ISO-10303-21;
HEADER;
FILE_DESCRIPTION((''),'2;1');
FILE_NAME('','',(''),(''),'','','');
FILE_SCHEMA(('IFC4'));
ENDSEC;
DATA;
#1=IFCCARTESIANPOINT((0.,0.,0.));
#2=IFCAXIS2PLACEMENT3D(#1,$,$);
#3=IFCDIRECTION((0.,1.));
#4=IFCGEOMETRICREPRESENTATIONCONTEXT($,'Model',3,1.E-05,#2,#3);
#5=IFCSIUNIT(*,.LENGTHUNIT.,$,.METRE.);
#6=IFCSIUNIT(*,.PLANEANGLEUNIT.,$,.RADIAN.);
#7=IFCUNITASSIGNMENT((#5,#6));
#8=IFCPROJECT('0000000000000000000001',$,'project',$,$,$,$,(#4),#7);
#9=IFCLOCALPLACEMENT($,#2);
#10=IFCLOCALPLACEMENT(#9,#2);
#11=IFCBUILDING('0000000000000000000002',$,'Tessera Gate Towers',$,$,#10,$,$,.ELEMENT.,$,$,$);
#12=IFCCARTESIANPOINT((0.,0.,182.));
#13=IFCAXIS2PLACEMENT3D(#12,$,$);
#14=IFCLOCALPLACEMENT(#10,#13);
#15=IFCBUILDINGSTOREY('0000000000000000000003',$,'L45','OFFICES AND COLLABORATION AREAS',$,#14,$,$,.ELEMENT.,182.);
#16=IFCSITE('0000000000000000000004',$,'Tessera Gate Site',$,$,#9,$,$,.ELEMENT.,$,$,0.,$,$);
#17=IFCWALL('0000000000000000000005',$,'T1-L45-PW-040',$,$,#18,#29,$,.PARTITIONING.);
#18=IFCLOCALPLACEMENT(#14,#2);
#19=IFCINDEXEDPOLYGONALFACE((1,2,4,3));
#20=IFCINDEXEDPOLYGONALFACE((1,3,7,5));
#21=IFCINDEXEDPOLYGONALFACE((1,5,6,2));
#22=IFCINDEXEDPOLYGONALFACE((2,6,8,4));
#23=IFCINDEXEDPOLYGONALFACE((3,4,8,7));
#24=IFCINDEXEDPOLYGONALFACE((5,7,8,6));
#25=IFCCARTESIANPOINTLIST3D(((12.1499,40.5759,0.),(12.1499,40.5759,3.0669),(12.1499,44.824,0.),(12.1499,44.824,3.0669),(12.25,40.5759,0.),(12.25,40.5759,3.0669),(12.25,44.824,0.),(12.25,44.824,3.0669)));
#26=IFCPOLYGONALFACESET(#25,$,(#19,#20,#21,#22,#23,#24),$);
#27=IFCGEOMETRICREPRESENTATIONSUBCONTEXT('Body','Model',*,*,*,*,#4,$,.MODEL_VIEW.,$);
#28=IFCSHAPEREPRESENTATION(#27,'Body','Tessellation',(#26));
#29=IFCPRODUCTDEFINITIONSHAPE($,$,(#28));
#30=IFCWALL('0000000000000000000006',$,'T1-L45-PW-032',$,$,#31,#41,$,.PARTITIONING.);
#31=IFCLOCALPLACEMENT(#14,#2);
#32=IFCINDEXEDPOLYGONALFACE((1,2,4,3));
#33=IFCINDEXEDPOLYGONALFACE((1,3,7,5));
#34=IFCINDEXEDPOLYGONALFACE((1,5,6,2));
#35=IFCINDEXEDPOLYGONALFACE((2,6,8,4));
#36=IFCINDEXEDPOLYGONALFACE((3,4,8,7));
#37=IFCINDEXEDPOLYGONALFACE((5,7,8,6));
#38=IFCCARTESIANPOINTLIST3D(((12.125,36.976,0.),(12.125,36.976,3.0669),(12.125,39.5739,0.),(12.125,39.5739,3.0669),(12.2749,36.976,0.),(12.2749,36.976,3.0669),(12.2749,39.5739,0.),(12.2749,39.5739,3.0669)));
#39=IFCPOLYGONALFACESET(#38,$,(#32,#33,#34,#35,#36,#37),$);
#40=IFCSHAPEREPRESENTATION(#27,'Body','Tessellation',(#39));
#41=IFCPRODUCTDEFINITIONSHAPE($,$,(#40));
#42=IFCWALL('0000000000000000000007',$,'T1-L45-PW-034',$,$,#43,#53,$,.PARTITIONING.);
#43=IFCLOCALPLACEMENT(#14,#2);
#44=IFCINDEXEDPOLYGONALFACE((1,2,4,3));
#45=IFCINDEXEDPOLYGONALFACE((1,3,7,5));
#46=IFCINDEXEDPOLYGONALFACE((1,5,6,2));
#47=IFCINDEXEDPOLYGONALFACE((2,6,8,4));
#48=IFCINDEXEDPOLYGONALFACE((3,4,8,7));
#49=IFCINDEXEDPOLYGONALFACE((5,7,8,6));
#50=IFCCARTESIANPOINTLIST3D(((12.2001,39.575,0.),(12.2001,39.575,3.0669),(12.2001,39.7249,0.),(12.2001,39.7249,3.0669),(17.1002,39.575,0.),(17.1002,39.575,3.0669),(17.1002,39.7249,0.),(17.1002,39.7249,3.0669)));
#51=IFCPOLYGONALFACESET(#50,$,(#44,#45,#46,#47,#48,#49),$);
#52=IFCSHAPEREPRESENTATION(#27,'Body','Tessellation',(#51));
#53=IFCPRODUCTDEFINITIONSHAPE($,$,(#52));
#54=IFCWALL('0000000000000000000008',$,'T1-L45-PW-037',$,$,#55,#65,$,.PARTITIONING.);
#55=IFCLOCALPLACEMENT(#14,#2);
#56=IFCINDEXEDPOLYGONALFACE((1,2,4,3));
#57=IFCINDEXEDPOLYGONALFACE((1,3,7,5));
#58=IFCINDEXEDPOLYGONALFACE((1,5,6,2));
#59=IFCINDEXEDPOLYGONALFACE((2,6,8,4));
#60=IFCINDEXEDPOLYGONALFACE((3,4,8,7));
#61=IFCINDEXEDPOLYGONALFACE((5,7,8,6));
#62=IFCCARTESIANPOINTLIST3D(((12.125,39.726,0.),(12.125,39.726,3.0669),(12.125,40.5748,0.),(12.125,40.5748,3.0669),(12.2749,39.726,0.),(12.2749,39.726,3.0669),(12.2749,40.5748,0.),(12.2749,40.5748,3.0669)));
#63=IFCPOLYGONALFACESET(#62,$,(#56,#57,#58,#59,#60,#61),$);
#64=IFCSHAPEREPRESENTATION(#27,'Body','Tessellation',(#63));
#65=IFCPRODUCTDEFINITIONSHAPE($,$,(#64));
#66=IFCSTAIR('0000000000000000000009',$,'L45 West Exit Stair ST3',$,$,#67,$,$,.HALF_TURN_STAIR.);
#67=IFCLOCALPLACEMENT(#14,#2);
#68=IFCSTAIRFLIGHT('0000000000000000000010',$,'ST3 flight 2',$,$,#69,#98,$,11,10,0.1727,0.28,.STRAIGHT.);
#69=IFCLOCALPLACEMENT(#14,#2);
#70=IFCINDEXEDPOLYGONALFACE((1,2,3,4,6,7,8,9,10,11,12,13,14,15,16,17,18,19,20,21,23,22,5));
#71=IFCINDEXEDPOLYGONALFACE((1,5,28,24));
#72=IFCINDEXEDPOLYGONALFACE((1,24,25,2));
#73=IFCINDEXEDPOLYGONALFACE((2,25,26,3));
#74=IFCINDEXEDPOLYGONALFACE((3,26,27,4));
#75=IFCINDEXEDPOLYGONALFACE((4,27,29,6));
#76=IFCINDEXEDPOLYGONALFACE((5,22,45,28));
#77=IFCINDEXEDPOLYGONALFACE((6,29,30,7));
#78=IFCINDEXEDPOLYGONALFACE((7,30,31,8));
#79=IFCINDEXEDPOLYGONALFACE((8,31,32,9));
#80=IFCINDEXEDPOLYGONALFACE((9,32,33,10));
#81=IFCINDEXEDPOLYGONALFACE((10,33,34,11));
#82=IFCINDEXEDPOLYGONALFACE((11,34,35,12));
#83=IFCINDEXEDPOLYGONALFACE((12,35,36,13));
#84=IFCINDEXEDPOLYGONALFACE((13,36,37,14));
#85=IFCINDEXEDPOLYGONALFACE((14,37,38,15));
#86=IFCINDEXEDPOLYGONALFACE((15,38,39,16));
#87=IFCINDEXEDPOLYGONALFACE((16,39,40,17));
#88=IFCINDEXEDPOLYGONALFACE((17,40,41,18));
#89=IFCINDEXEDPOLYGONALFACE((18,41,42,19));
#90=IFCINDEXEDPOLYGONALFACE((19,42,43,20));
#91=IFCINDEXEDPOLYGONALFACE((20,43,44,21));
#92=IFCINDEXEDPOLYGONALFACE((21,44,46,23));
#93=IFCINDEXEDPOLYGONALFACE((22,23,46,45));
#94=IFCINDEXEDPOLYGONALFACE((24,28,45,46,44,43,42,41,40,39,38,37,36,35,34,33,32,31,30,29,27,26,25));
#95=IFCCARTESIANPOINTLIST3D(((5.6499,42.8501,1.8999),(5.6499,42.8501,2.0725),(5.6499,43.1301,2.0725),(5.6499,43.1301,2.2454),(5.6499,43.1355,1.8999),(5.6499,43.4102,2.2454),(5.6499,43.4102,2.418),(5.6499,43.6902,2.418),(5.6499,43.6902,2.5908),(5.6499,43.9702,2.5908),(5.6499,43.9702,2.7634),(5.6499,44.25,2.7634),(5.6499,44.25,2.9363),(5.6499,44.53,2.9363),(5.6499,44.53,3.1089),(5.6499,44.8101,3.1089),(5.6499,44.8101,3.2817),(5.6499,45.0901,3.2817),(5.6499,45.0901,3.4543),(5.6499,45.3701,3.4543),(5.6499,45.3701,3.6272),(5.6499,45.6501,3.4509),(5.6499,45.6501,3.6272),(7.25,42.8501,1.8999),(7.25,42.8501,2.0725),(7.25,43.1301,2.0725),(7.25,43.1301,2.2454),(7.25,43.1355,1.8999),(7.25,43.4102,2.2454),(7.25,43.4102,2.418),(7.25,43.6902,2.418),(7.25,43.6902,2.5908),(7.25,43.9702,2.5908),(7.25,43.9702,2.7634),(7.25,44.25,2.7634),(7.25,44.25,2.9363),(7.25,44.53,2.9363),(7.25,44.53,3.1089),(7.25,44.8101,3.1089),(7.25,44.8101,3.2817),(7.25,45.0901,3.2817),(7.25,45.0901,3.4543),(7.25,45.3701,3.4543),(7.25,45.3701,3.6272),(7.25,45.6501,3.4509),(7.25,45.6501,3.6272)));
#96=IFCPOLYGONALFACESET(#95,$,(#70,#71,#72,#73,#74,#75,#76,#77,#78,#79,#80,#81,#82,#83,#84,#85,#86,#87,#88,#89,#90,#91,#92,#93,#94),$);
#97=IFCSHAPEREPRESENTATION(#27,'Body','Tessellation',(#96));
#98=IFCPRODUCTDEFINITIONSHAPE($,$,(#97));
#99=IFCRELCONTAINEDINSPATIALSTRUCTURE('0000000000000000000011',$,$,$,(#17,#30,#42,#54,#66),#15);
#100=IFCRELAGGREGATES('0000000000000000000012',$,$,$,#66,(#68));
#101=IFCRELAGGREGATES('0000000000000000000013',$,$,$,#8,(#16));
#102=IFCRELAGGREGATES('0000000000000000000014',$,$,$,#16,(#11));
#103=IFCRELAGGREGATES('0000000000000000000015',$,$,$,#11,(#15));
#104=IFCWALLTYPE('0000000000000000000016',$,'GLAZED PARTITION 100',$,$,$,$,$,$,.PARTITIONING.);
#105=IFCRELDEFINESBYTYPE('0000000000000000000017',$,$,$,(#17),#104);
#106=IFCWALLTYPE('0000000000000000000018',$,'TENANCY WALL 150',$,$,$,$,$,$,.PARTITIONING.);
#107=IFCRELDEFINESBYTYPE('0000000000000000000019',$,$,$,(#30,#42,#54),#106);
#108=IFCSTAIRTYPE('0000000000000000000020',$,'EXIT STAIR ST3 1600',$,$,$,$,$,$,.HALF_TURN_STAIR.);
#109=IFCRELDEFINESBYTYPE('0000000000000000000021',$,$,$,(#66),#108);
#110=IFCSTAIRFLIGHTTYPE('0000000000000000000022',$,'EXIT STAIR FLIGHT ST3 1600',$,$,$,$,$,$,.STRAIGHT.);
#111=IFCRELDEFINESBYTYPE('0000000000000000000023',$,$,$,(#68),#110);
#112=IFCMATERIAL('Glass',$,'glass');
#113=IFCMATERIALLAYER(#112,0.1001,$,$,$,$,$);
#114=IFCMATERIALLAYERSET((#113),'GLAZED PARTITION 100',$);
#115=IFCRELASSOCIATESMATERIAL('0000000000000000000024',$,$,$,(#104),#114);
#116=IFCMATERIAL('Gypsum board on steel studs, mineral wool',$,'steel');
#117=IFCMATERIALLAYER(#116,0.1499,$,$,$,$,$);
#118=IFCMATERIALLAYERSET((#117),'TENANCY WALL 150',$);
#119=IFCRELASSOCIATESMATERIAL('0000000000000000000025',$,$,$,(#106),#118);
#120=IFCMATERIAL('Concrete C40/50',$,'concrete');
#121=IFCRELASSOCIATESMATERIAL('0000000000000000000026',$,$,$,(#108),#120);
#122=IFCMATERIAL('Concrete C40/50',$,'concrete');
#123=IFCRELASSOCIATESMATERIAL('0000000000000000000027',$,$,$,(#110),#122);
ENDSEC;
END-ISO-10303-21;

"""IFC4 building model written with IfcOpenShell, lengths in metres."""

from ifc_helpers import new_model, si_unit, direction, frame, frame_2d, origin, place, context, subcontext, project, spatial, polyline, rectangle, outline, extrude, material, layer, layer_set, type_object, element, aggregate, save


model = new_model("IFC4")

# Units and contexts
model_context = context("Model", 3, precision=1e-05, world=origin(), true_north=direction((0.0, 1.0)))
body_context = subcontext(model_context, "Body", "Model", "MODEL_VIEW")
ifc_project = project(units=[si_unit("LENGTHUNIT", "METRE"), si_unit("PLANEANGLEUNIT", "RADIAN")], contexts=[model_context])

# Site, building, storey
site_placement = place(None, origin())
site = spatial("IfcSite", under=ifc_project, at=site_placement, Name="Tessera Gate Site", CompositionType="ELEMENT", RefElevation=0.0)
building_placement = place(site_placement, origin())
building = spatial("IfcBuilding", under=site, at=building_placement, Name="Tessera Gate Towers", CompositionType="ELEMENT")
storey_placement = place(building_placement, frame((0.0, 0.0, 182.0)))
storey = spatial("IfcBuildingStorey", under=building, at=storey_placement, Name="L45", Description="OFFICES AND COLLABORATION AREAS", CompositionType="ELEMENT", Elevation=182.0)

# Shared definitions
ifc_material_1 = material(Name="Glass", Category="glass")
ifc_layer_1 = layer(ifc_material_1, 0.1001)
ifc_layer_set_1 = layer_set([ifc_layer_1], Name="GLAZED PARTITION 100")
wall_type_1 = type_object("IfcWallType", Name="GLAZED PARTITION 100", PredefinedType="PARTITIONING", material=ifc_layer_set_1)

# Walls
wall_1_placement = place(storey_placement, frame((12.2, 40.5759, 0.0), z_axis=(0.0, 0.0, 1.0), x_axis=(0.0, 1.0, 0.0)))
element("IfcWall", 1, at=wall_1_placement, inside=storey, type_object=wall_type_1, Name="T1-L45-PW-040", PredefinedType="PARTITIONING", context=body_context, shape_type="SweptSolid", body=[
    extrude(rectangle(XDim=4.248, YDim=0.1001, at=frame_2d((2.124, 0.0))), origin(), (0.0, 0.0, 1.0), 3.0669),
])
ifc_material_2 = material(Name="Gypsum board on steel studs, mineral wool", Category="steel")
ifc_layer_2 = layer(ifc_material_2, 0.1499)
ifc_layer_set_2 = layer_set([ifc_layer_2], Name="TENANCY WALL 150")
wall_type_2 = type_object("IfcWallType", Name="TENANCY WALL 150", PredefinedType="PARTITIONING", material=ifc_layer_set_2)
wall_2_placement = place(storey_placement, frame((12.2, 36.9761, 0.0), z_axis=(0.0, 0.0, 1.0), x_axis=(0.0, 1.0, 0.0)))
element("IfcWall", 2, at=wall_2_placement, inside=storey, type_object=wall_type_2, Name="T1-L45-PW-032", PredefinedType="PARTITIONING", context=body_context, shape_type="SweptSolid", body=[
    extrude(rectangle(XDim=2.5979, YDim=0.1499, at=frame_2d((1.2988, 0.0))), origin(), (0.0, 0.0, 1.0), 3.0669),
])
wall_3_placement = place(storey_placement, frame((12.2, 39.6499, 0.0), z_axis=(0.0, 0.0, 1.0), x_axis=(1.0, 0.0, 0.0)))
element("IfcWall", 3, at=wall_3_placement, inside=storey, type_object=wall_type_2, Name="T1-L45-PW-034", PredefinedType="PARTITIONING", context=body_context, shape_type="SweptSolid", body=[
    extrude(rectangle(XDim=4.9001, YDim=0.1499, at=frame_2d((2.4502, 0.0))), origin(), (0.0, 0.0, 1.0), 3.0669),
])
wall_4_placement = place(storey_placement, frame((12.2, 39.7261, 0.0), z_axis=(0.0, 0.0, 1.0), x_axis=(0.0, 1.0, 0.0)))
element("IfcWall", 4, at=wall_4_placement, inside=storey, type_object=wall_type_2, Name="T1-L45-PW-037", PredefinedType="PARTITIONING", context=body_context, shape_type="SweptSolid", body=[
    extrude(rectangle(XDim=0.8489, YDim=0.1499, at=frame_2d((0.4243, 0.0))), origin(), (0.0, 0.0, 1.0), 3.0669),
])

# Stair, stair flight
ifc_material_3 = material(Name="Concrete C40/50", Category="concrete")
stair_type = type_object("IfcStairType", Name="EXIT STAIR ST3 1600", PredefinedType="HALF_TURN_STAIR", material=ifc_material_3)
stair_placement = place(storey_placement, origin())
stair = element("IfcStair", 5, at=stair_placement, inside=storey, type_object=stair_type, Name="L45 West Exit Stair ST3", PredefinedType="HALF_TURN_STAIR")
ifc_material_4 = material(Name="Concrete C40/50", Category="concrete")
stair_flight_type = type_object("IfcStairFlightType", Name="EXIT STAIR FLIGHT ST3 1600", PredefinedType="STRAIGHT", material=ifc_material_4)
stair_flight_placement = place(storey_placement, frame((6.45, 42.8501, 1.8999), z_axis=(0.0, 0.0, 1.0), x_axis=(0.0, 1.0, 0.0)))
stair_flight = element("IfcStairFlight", 6, at=stair_flight_placement, type_object=stair_flight_type, Name="ST3 flight 2", NumberOfRisers=11, NumberOfTreads=10, PredefinedType="STRAIGHT", RiserHeight=0.1727, TreadLength=0.28, context=body_context, shape_type="SweptSolid", body=[
    extrude(outline(polyline([(0.0, 0.0), (0.0, 0.1726), (0.28, 0.1726), (0.28, 0.3455), (0.5601, 0.3455), (0.5601, 0.5181), (0.8401, 0.5181), (0.8401, 0.6909), (1.1201, 0.6909), (1.1201, 0.8635), (1.3999, 0.8635), (1.3999, 1.0364), (1.6799, 1.0364), (1.6799, 1.209), (1.96, 1.209), (1.96, 1.3818), (2.24, 1.3818), (2.24, 1.5544), (2.52, 1.5544), (2.52, 1.7273), (2.8, 1.7273), (2.8, 1.8999), (2.8, 1.551), (0.2854, 0.0), (0.0, 0.0)])), frame((0.0, 0.8, 0.0), z_axis=(0.0, -1.0, 0.0), x_axis=(1.0, 0.0, 0.0)), (0.0, 0.0, 1.0), 1.6001),
])
aggregate(stair, [stair_flight])

save(model, "model.ifc")
